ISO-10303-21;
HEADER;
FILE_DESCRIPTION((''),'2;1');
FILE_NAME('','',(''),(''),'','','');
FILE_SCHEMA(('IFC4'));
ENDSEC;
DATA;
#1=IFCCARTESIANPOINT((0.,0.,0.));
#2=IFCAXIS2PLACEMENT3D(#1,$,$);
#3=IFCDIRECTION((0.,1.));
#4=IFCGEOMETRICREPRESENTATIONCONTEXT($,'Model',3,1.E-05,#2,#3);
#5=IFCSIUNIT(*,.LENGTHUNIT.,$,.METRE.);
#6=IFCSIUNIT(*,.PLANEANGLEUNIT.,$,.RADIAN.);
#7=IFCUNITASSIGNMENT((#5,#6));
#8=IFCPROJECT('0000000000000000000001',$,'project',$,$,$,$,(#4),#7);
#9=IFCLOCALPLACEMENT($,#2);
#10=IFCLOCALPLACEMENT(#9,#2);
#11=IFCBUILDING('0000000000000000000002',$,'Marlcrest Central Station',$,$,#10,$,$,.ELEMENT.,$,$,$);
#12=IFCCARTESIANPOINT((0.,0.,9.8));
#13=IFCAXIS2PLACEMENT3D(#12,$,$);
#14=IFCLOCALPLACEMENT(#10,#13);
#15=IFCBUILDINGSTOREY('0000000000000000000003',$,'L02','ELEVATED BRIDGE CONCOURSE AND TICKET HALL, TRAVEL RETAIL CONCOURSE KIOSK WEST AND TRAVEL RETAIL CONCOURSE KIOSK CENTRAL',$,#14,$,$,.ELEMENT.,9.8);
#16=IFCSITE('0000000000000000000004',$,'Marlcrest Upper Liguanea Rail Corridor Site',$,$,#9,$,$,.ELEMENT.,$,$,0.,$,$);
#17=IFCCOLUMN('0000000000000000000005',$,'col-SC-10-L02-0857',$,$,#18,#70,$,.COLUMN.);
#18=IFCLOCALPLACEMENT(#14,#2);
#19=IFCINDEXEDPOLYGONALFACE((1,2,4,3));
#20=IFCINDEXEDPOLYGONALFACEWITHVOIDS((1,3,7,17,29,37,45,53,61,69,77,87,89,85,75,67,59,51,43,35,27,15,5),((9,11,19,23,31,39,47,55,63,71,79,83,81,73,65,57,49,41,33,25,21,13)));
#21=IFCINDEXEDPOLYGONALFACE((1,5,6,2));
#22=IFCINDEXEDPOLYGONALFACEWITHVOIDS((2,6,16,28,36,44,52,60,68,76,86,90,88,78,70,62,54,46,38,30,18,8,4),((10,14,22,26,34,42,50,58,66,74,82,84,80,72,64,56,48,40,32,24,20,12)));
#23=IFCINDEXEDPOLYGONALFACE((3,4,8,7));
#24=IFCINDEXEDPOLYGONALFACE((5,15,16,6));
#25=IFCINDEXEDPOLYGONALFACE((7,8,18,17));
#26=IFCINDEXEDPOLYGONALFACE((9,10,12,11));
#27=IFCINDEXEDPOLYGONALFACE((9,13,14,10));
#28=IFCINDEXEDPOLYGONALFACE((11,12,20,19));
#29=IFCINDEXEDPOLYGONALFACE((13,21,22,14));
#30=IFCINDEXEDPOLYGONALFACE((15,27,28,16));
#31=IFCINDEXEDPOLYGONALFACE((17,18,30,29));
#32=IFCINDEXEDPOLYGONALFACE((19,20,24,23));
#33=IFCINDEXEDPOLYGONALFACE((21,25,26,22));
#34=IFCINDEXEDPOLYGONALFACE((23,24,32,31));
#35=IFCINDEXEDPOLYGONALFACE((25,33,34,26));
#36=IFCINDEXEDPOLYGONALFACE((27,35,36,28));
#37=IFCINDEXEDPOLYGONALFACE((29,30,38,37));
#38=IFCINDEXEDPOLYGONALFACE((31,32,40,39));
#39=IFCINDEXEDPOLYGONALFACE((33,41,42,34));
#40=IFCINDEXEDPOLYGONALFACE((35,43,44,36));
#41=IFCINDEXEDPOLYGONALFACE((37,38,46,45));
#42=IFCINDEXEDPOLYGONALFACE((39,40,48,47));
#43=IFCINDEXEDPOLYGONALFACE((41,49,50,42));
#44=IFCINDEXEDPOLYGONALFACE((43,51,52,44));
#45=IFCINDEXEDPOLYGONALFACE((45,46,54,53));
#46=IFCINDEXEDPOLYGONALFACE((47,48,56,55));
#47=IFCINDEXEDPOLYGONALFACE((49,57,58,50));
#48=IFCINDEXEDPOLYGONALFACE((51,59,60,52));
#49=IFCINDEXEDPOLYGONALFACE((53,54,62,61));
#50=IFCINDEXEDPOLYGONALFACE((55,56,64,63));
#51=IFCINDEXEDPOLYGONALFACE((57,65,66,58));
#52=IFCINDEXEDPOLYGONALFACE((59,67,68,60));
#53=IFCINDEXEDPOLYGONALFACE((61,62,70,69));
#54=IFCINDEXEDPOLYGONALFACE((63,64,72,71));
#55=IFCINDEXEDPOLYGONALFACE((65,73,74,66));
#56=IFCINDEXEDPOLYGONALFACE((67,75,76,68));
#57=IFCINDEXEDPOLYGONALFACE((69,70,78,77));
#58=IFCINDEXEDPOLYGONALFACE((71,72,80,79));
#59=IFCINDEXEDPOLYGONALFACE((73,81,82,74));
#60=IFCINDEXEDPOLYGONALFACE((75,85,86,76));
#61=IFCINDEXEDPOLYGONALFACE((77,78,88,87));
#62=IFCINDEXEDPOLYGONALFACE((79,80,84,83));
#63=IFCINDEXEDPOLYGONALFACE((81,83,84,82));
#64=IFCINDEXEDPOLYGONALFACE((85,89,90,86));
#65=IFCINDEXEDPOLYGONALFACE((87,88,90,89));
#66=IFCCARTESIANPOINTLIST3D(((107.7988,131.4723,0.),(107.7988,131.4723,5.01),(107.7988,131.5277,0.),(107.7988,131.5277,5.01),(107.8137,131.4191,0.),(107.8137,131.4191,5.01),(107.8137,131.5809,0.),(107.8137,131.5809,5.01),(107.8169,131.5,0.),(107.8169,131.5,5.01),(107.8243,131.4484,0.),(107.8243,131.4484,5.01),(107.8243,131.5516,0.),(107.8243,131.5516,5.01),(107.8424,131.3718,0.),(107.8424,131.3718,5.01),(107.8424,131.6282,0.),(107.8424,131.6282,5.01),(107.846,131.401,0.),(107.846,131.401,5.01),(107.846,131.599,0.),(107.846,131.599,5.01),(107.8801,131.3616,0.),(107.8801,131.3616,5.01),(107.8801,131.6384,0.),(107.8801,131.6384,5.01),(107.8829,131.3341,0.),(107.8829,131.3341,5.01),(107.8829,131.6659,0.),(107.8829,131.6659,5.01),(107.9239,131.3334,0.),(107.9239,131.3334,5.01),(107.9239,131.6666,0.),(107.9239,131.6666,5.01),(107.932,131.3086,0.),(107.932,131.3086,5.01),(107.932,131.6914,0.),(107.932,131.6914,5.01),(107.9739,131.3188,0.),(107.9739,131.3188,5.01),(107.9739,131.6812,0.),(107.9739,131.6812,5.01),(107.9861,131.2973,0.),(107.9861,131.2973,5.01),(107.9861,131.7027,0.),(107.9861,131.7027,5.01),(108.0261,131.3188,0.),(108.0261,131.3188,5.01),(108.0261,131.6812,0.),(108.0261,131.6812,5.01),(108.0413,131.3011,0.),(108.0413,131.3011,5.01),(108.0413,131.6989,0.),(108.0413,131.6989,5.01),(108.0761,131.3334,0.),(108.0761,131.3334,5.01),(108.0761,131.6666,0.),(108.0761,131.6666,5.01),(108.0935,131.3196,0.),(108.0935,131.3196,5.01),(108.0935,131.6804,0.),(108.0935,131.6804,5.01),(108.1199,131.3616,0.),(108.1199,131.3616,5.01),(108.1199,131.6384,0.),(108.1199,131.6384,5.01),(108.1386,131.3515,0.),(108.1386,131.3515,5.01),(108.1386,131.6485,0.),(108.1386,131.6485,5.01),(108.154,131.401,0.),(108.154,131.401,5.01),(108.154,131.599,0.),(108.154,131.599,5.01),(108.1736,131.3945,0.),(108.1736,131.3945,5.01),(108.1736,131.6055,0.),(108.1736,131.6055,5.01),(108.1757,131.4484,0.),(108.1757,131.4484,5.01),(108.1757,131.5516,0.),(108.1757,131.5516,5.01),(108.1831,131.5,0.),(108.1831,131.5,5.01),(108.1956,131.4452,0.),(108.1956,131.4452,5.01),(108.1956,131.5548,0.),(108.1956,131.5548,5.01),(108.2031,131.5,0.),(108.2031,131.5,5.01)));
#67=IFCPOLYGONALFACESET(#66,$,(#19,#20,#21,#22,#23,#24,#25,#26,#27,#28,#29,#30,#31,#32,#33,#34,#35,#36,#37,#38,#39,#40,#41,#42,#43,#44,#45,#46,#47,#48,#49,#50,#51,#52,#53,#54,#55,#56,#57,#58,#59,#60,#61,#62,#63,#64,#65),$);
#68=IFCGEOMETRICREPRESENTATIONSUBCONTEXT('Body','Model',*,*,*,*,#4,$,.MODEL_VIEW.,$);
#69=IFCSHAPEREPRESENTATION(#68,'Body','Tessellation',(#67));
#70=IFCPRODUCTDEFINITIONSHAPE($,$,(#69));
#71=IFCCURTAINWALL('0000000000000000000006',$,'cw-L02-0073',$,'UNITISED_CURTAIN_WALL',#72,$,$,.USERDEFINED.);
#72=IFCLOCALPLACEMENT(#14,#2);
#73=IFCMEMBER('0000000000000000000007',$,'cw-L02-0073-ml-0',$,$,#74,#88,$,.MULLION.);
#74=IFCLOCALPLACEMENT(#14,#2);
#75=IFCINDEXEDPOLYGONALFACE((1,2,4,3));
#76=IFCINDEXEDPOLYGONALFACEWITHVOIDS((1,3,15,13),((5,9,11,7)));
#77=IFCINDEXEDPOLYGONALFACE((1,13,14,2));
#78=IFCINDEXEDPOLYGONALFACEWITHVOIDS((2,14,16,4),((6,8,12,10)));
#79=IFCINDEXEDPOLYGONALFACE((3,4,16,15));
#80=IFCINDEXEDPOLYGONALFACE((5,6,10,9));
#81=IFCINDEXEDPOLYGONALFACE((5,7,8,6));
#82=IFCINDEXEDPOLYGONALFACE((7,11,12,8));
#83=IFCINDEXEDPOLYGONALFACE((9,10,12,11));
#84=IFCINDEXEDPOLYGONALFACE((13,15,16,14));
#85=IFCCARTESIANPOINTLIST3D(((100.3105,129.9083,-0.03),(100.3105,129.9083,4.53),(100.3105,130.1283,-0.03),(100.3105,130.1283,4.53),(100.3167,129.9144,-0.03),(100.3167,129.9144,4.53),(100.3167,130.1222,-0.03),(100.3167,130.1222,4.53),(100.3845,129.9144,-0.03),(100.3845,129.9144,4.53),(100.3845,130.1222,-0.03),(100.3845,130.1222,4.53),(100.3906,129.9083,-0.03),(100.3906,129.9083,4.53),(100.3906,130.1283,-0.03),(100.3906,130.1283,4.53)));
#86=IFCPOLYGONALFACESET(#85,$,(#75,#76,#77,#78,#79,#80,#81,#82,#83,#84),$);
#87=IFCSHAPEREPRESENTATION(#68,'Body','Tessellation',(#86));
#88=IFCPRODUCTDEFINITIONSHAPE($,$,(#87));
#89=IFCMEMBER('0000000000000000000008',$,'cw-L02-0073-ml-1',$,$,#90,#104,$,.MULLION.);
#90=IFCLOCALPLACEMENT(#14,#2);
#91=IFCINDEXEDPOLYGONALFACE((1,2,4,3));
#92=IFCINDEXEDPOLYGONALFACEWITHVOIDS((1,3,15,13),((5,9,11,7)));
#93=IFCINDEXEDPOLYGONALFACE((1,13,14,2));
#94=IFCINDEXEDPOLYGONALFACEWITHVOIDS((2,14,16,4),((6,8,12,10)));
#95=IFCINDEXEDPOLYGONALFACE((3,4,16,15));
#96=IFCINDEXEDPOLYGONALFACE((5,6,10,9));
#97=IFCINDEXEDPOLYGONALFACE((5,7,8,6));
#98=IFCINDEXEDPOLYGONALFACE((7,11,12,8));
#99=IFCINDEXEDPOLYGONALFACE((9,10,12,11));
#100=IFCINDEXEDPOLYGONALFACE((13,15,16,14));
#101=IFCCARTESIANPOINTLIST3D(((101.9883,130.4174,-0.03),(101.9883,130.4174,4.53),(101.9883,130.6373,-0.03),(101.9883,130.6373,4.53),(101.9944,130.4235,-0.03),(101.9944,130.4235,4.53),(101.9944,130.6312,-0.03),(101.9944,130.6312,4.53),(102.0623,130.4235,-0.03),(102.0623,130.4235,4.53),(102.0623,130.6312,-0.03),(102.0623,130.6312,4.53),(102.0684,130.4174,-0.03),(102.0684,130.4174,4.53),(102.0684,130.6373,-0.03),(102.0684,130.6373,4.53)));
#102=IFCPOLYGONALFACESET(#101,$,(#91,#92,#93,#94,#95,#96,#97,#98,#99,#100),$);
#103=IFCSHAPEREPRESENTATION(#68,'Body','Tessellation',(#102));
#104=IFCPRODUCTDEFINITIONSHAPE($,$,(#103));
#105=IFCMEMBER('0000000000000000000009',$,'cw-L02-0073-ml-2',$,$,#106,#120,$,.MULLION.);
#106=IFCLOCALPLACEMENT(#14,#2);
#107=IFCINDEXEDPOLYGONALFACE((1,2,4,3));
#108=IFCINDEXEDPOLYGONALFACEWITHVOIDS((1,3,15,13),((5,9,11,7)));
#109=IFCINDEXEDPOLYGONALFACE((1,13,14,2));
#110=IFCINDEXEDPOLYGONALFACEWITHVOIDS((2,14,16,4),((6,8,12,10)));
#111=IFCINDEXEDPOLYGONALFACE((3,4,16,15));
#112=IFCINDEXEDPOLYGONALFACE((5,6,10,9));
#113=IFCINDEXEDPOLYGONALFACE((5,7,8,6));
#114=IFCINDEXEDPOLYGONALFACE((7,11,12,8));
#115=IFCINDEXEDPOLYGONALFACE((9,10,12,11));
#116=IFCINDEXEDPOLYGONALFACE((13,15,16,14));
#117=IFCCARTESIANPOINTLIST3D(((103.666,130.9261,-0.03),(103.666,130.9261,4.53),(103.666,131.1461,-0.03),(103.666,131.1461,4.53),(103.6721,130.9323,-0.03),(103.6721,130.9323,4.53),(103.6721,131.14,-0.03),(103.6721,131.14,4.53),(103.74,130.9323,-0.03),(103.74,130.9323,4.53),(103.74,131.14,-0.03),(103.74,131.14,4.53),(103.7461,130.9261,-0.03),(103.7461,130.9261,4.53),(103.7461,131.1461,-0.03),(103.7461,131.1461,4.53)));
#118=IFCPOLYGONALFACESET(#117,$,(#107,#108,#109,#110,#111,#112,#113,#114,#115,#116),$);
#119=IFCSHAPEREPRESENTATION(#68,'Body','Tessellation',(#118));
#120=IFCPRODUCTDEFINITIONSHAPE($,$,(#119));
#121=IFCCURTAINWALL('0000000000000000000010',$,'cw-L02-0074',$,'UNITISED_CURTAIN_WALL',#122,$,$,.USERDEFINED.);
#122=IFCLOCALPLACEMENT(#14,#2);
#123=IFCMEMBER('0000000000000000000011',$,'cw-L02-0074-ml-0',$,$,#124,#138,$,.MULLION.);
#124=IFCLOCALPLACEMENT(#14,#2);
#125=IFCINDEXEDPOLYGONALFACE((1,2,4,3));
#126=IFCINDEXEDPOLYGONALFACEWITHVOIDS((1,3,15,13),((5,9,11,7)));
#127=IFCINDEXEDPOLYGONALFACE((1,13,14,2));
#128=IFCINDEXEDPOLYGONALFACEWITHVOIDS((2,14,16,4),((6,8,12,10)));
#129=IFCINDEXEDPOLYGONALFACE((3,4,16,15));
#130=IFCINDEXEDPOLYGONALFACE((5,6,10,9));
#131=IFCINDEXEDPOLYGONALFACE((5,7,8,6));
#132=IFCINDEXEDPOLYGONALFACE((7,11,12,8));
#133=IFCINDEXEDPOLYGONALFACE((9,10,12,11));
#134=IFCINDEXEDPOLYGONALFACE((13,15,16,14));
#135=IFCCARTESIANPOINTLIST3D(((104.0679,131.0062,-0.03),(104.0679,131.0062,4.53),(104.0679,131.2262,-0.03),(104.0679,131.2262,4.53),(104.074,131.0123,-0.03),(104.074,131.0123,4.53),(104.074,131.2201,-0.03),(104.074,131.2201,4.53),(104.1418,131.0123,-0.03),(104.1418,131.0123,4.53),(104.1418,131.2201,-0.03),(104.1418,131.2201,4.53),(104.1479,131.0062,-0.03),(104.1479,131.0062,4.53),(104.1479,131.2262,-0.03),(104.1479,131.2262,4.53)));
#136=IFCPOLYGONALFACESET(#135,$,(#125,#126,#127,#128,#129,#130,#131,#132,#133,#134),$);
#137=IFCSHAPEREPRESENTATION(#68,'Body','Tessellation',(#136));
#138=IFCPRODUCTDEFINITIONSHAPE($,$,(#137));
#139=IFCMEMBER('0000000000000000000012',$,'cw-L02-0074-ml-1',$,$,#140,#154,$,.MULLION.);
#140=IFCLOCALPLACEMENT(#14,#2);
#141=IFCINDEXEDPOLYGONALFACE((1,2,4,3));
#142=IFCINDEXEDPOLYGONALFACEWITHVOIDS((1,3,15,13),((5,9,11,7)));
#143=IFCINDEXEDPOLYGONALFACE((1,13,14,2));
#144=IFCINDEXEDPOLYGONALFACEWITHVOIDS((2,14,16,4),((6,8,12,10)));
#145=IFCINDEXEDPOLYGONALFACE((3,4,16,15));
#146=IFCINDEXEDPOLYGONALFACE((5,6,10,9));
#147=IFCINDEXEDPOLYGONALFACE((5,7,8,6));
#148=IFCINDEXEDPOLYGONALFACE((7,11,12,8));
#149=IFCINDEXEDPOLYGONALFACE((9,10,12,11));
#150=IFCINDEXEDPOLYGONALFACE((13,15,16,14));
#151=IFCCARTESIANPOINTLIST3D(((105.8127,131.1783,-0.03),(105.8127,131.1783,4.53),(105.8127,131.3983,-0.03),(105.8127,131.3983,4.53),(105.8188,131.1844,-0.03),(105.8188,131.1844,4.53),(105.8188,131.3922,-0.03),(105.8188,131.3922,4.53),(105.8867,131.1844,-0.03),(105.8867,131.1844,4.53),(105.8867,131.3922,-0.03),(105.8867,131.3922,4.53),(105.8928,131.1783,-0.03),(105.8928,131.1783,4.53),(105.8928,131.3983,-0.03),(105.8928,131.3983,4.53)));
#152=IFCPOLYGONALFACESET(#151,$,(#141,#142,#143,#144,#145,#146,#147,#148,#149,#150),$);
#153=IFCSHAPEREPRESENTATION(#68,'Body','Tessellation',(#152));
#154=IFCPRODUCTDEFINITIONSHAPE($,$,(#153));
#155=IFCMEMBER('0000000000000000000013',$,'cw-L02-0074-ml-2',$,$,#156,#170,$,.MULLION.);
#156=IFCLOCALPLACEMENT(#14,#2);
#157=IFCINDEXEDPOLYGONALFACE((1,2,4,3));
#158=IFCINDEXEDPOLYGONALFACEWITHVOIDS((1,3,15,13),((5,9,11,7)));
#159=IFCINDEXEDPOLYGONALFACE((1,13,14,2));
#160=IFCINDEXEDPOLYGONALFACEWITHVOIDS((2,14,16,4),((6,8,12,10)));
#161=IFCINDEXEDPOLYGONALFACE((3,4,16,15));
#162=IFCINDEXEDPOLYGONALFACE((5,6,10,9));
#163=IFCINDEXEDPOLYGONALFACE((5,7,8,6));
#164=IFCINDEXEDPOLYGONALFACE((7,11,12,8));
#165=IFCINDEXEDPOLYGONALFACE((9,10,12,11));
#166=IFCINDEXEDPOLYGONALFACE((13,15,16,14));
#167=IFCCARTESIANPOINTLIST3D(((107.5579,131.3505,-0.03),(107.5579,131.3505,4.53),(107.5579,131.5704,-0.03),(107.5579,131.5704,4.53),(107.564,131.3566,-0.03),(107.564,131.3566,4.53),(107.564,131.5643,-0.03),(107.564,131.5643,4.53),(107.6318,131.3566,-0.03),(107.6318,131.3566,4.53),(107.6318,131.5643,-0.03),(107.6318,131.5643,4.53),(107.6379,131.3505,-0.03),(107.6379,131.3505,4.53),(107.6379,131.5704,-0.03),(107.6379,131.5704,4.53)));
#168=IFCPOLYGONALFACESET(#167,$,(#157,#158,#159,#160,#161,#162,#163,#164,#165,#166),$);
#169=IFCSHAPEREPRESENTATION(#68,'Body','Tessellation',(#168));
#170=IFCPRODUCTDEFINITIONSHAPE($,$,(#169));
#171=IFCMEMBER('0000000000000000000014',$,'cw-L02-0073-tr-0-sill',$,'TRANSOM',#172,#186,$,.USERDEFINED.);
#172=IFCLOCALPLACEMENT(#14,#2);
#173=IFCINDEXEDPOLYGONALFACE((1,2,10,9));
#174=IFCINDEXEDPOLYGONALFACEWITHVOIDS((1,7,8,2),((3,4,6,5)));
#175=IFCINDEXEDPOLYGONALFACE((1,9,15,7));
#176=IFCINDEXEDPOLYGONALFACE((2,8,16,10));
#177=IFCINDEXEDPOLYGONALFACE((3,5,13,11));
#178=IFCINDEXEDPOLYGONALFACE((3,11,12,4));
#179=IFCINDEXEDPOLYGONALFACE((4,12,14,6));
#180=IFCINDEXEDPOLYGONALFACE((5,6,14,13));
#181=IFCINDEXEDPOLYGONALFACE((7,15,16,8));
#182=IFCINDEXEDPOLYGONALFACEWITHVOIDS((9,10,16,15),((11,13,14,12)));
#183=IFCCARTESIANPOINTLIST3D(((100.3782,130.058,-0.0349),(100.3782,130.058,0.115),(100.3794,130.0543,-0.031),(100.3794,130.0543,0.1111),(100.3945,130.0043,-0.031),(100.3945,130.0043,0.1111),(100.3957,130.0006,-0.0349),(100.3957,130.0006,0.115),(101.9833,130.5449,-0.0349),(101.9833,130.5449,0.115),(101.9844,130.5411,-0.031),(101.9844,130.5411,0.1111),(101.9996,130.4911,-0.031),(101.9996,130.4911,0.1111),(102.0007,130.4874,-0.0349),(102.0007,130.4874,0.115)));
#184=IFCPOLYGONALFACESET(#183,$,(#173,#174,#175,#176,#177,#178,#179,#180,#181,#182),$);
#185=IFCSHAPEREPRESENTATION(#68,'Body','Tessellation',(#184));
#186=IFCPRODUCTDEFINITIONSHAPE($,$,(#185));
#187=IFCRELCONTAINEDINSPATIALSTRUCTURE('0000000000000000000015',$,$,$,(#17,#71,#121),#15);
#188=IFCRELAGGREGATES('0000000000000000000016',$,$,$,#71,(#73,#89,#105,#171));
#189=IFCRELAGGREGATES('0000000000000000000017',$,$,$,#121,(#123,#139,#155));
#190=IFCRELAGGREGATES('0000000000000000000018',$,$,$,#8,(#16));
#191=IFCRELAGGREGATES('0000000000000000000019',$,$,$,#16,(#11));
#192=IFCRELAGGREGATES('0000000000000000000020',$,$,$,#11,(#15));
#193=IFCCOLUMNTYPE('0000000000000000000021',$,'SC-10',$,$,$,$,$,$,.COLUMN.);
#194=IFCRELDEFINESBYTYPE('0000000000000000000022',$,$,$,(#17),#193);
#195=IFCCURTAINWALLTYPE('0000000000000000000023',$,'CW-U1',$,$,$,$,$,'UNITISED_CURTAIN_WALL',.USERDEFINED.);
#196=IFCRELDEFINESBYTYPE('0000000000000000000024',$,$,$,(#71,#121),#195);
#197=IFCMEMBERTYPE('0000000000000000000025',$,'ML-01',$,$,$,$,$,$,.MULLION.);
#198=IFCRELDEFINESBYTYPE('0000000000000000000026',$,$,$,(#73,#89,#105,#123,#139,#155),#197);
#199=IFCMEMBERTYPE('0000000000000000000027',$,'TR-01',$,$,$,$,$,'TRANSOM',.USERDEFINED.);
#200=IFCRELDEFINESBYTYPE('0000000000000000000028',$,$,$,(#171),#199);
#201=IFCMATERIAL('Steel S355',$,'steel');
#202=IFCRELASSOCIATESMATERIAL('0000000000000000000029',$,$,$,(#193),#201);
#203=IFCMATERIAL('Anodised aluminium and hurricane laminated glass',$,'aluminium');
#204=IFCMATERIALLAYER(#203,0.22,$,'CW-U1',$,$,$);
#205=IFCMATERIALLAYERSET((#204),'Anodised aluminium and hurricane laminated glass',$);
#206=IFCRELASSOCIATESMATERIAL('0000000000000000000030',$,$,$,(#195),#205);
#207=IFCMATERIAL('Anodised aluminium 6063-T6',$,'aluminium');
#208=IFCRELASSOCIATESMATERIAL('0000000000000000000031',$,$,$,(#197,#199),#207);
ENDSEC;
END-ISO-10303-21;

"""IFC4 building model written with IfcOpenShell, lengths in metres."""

from ifc_helpers import new_model, si_unit, direction, frame, origin, origin_2d, place, context, subcontext, project, spatial, hollow_rectangle, hollow_circle, extrude, material, layer, layer_set, material_profile, profile_set, type_object, element, aggregate, save


model = new_model("IFC4")

# Units and contexts
model_context = context("Model", 3, precision=1e-05, world=origin(), true_north=direction((0.0, 1.0)))
body_context = subcontext(model_context, "Body", "Model", "MODEL_VIEW")
ifc_project = project(units=[si_unit("LENGTHUNIT", "METRE"), si_unit("PLANEANGLEUNIT", "RADIAN")], contexts=[model_context])

# Site, building, storey
site_placement = place(None, origin())
site = spatial("IfcSite", under=ifc_project, at=site_placement, Name="Marlcrest Upper Liguanea Rail Corridor Site", CompositionType="ELEMENT", RefElevation=0.0)
building_placement = place(site_placement, origin())
building = spatial("IfcBuilding", under=site, at=building_placement, Name="Marlcrest Central Station", CompositionType="ELEMENT")
storey_placement = place(building_placement, frame((0.0, 0.0, 9.8)))
storey = spatial("IfcBuildingStorey", under=building, at=storey_placement, Name="L02", Description="ELEVATED BRIDGE CONCOURSE AND TICKET HALL, TRAVEL RETAIL CONCOURSE KIOSK WEST AND TRAVEL RETAIL CONCOURSE KIOSK CENTRAL", CompositionType="ELEMENT", Elevation=9.8)

# Column
ifc_material_1 = material(Name="Steel S355", Category="steel")
ifc_material_profile_1 = material_profile(ifc_material_1, hollow_circle(Radius=0.2031, WallThickness=0.02, at=origin_2d()), Name="CHS 406.4x20")
ifc_profile_set_1 = profile_set([ifc_material_profile_1], Name="Steel S355")
column_type = type_object("IfcColumnType", Name="SC-10", PredefinedType="COLUMN", material=ifc_profile_set_1)
column_placement = place(storey_placement, frame((108.0, 131.5, 0.0), z_axis=(0.0, 0.0, 1.0), x_axis=(1.0, 0.0, 0.0)))
element("IfcColumn", 1, at=column_placement, inside=storey, type_object=column_type, Name="col-SC-10-L02-0857", PredefinedType="COLUMN", context=body_context, shape_type="SweptSolid", body=[
    extrude(hollow_circle(Radius=0.2031, WallThickness=0.02, at=origin_2d()), origin(), (0.0, 0.0, 1.0), 5.01),
])

# Curtain walls, members
ifc_material_2 = material(Name="Anodised aluminium and hurricane laminated glass", Category="aluminium")
ifc_layer_1 = layer(ifc_material_2, 0.22, Name="CW-U1")
ifc_layer_set_1 = layer_set([ifc_layer_1], Name="Anodised aluminium and hurricane laminated glass")
curtain_wall_type = type_object("IfcCurtainWallType", Name="CW-U1", ElementType="UNITISED_CURTAIN_WALL", PredefinedType="USERDEFINED", material=ifc_layer_set_1)
curtain_wall_1_placement = place(storey_placement, origin())
curtain_wall_1 = element("IfcCurtainWall", 2, at=curtain_wall_1_placement, inside=storey, type_object=curtain_wall_type, Name="cw-L02-0073", ObjectType="UNITISED_CURTAIN_WALL", PredefinedType="USERDEFINED")
ifc_material_3 = material(Name="Anodised aluminium 6063-T6", Category="aluminium")
ifc_material_profile_2 = material_profile(ifc_material_3, hollow_rectangle(XDim=0.0801, YDim=0.22, WallThickness=0.0061, at=origin_2d()), Name="AA-RHS 220x80x6")
ifc_profile_set_2 = profile_set([ifc_material_profile_2], Name="Anodised aluminium 6063-T6")
member_type_1 = type_object("IfcMemberType", Name="ML-01", PredefinedType="MULLION", material=ifc_profile_set_2)
member_1_placement = place(storey_placement, frame((100.3506, 130.0183, -0.03), z_axis=(0.0, 0.0, 1.0), x_axis=(1.0, 0.0, 0.0)))
member_1 = element("IfcMember", 3, at=member_1_placement, type_object=member_type_1, Name="cw-L02-0073-ml-0", PredefinedType="MULLION", context=body_context, shape_type="SweptSolid", body=[
    extrude(hollow_rectangle(XDim=0.0801, YDim=0.22, WallThickness=0.0061, at=origin_2d()), origin(), (0.0, 0.0, 1.0), 4.5601),
])
member_2_placement = place(storey_placement, frame((102.0283, 130.5273, -0.03), z_axis=(0.0, 0.0, 1.0), x_axis=(1.0, 0.0, 0.0)))
member_2 = element("IfcMember", 4, at=member_2_placement, type_object=member_type_1, Name="cw-L02-0073-ml-1", PredefinedType="MULLION", context=body_context, shape_type="SweptSolid", body=[
    extrude(hollow_rectangle(XDim=0.0801, YDim=0.22, WallThickness=0.0061, at=origin_2d()), origin(), (0.0, 0.0, 1.0), 4.5601),
])
member_3_placement = place(storey_placement, frame((103.7061, 131.0361, -0.03), z_axis=(0.0, 0.0, 1.0), x_axis=(1.0, 0.0, 0.0)))
member_3 = element("IfcMember", 5, at=member_3_placement, type_object=member_type_1, Name="cw-L02-0073-ml-2", PredefinedType="MULLION", context=body_context, shape_type="SweptSolid", body=[
    extrude(hollow_rectangle(XDim=0.0801, YDim=0.22, WallThickness=0.0061, at=origin_2d()), origin(), (0.0, 0.0, 1.0), 4.5601),
])
curtain_wall_2_placement = place(storey_placement, origin())
curtain_wall_2 = element("IfcCurtainWall", 6, at=curtain_wall_2_placement, inside=storey, type_object=curtain_wall_type, Name="cw-L02-0074", ObjectType="UNITISED_CURTAIN_WALL", PredefinedType="USERDEFINED")
member_4_placement = place(storey_placement, frame((104.1079, 131.1162, -0.03), z_axis=(0.0, 0.0, 1.0), x_axis=(1.0, 0.0, 0.0)))
member_4 = element("IfcMember", 7, at=member_4_placement, type_object=member_type_1, Name="cw-L02-0074-ml-0", PredefinedType="MULLION", context=body_context, shape_type="SweptSolid", body=[
    extrude(hollow_rectangle(XDim=0.0801, YDim=0.22, WallThickness=0.0061, at=origin_2d()), origin(), (0.0, 0.0, 1.0), 4.5601),
])
member_5_placement = place(storey_placement, frame((105.8528, 131.2883, -0.03), z_axis=(0.0, 0.0, 1.0), x_axis=(1.0, 0.0, 0.0)))
member_5 = element("IfcMember", 8, at=member_5_placement, type_object=member_type_1, Name="cw-L02-0074-ml-1", PredefinedType="MULLION", context=body_context, shape_type="SweptSolid", body=[
    extrude(hollow_rectangle(XDim=0.0801, YDim=0.22, WallThickness=0.0061, at=origin_2d()), origin(), (0.0, 0.0, 1.0), 4.5601),
])
member_6_placement = place(storey_placement, frame((107.5979, 131.4604, -0.03), z_axis=(0.0, 0.0, 1.0), x_axis=(1.0, 0.0, 0.0)))
member_6 = element("IfcMember", 9, at=member_6_placement, type_object=member_type_1, Name="cw-L02-0074-ml-2", PredefinedType="MULLION", context=body_context, shape_type="SweptSolid", body=[
    extrude(hollow_rectangle(XDim=0.0801, YDim=0.22, WallThickness=0.0061, at=origin_2d()), origin(), (0.0, 0.0, 1.0), 4.5601),
])

# Member
ifc_material_profile_3 = material_profile(ifc_material_3, hollow_rectangle(XDim=0.0601, YDim=0.1499, WallThickness=0.0039, at=origin_2d()), Name="AA-RHS 150x60x4")
ifc_profile_set_3 = profile_set([ifc_material_profile_3], Name="Anodised aluminium 6063-T6")
member_type_2 = type_object("IfcMemberType", Name="TR-01", ElementType="TRANSOM", PredefinedType="USERDEFINED", material=ifc_profile_set_3)
member_7_placement = place(storey_placement, frame((100.387, 130.0293, 0.04), z_axis=(0.956948, 0.290258, 0.0), x_axis=(-0.290258, 0.956948, 0.0)))
member_7 = element("IfcMember", 10, at=member_7_placement, type_object=member_type_2, Name="cw-L02-0073-tr-0-sill", ObjectType="TRANSOM", PredefinedType="USERDEFINED", context=body_context, shape_type="SweptSolid", body=[
    extrude(hollow_rectangle(XDim=0.0601, YDim=0.1499, WallThickness=0.0039, at=origin_2d()), origin(), (0.0, 0.0, 1.0), 1.6772),
])

aggregate(curtain_wall_1, [member_1, member_2, member_3, member_7])
aggregate(curtain_wall_2, [member_4, member_5, member_6])

save(model, "model.ifc")
